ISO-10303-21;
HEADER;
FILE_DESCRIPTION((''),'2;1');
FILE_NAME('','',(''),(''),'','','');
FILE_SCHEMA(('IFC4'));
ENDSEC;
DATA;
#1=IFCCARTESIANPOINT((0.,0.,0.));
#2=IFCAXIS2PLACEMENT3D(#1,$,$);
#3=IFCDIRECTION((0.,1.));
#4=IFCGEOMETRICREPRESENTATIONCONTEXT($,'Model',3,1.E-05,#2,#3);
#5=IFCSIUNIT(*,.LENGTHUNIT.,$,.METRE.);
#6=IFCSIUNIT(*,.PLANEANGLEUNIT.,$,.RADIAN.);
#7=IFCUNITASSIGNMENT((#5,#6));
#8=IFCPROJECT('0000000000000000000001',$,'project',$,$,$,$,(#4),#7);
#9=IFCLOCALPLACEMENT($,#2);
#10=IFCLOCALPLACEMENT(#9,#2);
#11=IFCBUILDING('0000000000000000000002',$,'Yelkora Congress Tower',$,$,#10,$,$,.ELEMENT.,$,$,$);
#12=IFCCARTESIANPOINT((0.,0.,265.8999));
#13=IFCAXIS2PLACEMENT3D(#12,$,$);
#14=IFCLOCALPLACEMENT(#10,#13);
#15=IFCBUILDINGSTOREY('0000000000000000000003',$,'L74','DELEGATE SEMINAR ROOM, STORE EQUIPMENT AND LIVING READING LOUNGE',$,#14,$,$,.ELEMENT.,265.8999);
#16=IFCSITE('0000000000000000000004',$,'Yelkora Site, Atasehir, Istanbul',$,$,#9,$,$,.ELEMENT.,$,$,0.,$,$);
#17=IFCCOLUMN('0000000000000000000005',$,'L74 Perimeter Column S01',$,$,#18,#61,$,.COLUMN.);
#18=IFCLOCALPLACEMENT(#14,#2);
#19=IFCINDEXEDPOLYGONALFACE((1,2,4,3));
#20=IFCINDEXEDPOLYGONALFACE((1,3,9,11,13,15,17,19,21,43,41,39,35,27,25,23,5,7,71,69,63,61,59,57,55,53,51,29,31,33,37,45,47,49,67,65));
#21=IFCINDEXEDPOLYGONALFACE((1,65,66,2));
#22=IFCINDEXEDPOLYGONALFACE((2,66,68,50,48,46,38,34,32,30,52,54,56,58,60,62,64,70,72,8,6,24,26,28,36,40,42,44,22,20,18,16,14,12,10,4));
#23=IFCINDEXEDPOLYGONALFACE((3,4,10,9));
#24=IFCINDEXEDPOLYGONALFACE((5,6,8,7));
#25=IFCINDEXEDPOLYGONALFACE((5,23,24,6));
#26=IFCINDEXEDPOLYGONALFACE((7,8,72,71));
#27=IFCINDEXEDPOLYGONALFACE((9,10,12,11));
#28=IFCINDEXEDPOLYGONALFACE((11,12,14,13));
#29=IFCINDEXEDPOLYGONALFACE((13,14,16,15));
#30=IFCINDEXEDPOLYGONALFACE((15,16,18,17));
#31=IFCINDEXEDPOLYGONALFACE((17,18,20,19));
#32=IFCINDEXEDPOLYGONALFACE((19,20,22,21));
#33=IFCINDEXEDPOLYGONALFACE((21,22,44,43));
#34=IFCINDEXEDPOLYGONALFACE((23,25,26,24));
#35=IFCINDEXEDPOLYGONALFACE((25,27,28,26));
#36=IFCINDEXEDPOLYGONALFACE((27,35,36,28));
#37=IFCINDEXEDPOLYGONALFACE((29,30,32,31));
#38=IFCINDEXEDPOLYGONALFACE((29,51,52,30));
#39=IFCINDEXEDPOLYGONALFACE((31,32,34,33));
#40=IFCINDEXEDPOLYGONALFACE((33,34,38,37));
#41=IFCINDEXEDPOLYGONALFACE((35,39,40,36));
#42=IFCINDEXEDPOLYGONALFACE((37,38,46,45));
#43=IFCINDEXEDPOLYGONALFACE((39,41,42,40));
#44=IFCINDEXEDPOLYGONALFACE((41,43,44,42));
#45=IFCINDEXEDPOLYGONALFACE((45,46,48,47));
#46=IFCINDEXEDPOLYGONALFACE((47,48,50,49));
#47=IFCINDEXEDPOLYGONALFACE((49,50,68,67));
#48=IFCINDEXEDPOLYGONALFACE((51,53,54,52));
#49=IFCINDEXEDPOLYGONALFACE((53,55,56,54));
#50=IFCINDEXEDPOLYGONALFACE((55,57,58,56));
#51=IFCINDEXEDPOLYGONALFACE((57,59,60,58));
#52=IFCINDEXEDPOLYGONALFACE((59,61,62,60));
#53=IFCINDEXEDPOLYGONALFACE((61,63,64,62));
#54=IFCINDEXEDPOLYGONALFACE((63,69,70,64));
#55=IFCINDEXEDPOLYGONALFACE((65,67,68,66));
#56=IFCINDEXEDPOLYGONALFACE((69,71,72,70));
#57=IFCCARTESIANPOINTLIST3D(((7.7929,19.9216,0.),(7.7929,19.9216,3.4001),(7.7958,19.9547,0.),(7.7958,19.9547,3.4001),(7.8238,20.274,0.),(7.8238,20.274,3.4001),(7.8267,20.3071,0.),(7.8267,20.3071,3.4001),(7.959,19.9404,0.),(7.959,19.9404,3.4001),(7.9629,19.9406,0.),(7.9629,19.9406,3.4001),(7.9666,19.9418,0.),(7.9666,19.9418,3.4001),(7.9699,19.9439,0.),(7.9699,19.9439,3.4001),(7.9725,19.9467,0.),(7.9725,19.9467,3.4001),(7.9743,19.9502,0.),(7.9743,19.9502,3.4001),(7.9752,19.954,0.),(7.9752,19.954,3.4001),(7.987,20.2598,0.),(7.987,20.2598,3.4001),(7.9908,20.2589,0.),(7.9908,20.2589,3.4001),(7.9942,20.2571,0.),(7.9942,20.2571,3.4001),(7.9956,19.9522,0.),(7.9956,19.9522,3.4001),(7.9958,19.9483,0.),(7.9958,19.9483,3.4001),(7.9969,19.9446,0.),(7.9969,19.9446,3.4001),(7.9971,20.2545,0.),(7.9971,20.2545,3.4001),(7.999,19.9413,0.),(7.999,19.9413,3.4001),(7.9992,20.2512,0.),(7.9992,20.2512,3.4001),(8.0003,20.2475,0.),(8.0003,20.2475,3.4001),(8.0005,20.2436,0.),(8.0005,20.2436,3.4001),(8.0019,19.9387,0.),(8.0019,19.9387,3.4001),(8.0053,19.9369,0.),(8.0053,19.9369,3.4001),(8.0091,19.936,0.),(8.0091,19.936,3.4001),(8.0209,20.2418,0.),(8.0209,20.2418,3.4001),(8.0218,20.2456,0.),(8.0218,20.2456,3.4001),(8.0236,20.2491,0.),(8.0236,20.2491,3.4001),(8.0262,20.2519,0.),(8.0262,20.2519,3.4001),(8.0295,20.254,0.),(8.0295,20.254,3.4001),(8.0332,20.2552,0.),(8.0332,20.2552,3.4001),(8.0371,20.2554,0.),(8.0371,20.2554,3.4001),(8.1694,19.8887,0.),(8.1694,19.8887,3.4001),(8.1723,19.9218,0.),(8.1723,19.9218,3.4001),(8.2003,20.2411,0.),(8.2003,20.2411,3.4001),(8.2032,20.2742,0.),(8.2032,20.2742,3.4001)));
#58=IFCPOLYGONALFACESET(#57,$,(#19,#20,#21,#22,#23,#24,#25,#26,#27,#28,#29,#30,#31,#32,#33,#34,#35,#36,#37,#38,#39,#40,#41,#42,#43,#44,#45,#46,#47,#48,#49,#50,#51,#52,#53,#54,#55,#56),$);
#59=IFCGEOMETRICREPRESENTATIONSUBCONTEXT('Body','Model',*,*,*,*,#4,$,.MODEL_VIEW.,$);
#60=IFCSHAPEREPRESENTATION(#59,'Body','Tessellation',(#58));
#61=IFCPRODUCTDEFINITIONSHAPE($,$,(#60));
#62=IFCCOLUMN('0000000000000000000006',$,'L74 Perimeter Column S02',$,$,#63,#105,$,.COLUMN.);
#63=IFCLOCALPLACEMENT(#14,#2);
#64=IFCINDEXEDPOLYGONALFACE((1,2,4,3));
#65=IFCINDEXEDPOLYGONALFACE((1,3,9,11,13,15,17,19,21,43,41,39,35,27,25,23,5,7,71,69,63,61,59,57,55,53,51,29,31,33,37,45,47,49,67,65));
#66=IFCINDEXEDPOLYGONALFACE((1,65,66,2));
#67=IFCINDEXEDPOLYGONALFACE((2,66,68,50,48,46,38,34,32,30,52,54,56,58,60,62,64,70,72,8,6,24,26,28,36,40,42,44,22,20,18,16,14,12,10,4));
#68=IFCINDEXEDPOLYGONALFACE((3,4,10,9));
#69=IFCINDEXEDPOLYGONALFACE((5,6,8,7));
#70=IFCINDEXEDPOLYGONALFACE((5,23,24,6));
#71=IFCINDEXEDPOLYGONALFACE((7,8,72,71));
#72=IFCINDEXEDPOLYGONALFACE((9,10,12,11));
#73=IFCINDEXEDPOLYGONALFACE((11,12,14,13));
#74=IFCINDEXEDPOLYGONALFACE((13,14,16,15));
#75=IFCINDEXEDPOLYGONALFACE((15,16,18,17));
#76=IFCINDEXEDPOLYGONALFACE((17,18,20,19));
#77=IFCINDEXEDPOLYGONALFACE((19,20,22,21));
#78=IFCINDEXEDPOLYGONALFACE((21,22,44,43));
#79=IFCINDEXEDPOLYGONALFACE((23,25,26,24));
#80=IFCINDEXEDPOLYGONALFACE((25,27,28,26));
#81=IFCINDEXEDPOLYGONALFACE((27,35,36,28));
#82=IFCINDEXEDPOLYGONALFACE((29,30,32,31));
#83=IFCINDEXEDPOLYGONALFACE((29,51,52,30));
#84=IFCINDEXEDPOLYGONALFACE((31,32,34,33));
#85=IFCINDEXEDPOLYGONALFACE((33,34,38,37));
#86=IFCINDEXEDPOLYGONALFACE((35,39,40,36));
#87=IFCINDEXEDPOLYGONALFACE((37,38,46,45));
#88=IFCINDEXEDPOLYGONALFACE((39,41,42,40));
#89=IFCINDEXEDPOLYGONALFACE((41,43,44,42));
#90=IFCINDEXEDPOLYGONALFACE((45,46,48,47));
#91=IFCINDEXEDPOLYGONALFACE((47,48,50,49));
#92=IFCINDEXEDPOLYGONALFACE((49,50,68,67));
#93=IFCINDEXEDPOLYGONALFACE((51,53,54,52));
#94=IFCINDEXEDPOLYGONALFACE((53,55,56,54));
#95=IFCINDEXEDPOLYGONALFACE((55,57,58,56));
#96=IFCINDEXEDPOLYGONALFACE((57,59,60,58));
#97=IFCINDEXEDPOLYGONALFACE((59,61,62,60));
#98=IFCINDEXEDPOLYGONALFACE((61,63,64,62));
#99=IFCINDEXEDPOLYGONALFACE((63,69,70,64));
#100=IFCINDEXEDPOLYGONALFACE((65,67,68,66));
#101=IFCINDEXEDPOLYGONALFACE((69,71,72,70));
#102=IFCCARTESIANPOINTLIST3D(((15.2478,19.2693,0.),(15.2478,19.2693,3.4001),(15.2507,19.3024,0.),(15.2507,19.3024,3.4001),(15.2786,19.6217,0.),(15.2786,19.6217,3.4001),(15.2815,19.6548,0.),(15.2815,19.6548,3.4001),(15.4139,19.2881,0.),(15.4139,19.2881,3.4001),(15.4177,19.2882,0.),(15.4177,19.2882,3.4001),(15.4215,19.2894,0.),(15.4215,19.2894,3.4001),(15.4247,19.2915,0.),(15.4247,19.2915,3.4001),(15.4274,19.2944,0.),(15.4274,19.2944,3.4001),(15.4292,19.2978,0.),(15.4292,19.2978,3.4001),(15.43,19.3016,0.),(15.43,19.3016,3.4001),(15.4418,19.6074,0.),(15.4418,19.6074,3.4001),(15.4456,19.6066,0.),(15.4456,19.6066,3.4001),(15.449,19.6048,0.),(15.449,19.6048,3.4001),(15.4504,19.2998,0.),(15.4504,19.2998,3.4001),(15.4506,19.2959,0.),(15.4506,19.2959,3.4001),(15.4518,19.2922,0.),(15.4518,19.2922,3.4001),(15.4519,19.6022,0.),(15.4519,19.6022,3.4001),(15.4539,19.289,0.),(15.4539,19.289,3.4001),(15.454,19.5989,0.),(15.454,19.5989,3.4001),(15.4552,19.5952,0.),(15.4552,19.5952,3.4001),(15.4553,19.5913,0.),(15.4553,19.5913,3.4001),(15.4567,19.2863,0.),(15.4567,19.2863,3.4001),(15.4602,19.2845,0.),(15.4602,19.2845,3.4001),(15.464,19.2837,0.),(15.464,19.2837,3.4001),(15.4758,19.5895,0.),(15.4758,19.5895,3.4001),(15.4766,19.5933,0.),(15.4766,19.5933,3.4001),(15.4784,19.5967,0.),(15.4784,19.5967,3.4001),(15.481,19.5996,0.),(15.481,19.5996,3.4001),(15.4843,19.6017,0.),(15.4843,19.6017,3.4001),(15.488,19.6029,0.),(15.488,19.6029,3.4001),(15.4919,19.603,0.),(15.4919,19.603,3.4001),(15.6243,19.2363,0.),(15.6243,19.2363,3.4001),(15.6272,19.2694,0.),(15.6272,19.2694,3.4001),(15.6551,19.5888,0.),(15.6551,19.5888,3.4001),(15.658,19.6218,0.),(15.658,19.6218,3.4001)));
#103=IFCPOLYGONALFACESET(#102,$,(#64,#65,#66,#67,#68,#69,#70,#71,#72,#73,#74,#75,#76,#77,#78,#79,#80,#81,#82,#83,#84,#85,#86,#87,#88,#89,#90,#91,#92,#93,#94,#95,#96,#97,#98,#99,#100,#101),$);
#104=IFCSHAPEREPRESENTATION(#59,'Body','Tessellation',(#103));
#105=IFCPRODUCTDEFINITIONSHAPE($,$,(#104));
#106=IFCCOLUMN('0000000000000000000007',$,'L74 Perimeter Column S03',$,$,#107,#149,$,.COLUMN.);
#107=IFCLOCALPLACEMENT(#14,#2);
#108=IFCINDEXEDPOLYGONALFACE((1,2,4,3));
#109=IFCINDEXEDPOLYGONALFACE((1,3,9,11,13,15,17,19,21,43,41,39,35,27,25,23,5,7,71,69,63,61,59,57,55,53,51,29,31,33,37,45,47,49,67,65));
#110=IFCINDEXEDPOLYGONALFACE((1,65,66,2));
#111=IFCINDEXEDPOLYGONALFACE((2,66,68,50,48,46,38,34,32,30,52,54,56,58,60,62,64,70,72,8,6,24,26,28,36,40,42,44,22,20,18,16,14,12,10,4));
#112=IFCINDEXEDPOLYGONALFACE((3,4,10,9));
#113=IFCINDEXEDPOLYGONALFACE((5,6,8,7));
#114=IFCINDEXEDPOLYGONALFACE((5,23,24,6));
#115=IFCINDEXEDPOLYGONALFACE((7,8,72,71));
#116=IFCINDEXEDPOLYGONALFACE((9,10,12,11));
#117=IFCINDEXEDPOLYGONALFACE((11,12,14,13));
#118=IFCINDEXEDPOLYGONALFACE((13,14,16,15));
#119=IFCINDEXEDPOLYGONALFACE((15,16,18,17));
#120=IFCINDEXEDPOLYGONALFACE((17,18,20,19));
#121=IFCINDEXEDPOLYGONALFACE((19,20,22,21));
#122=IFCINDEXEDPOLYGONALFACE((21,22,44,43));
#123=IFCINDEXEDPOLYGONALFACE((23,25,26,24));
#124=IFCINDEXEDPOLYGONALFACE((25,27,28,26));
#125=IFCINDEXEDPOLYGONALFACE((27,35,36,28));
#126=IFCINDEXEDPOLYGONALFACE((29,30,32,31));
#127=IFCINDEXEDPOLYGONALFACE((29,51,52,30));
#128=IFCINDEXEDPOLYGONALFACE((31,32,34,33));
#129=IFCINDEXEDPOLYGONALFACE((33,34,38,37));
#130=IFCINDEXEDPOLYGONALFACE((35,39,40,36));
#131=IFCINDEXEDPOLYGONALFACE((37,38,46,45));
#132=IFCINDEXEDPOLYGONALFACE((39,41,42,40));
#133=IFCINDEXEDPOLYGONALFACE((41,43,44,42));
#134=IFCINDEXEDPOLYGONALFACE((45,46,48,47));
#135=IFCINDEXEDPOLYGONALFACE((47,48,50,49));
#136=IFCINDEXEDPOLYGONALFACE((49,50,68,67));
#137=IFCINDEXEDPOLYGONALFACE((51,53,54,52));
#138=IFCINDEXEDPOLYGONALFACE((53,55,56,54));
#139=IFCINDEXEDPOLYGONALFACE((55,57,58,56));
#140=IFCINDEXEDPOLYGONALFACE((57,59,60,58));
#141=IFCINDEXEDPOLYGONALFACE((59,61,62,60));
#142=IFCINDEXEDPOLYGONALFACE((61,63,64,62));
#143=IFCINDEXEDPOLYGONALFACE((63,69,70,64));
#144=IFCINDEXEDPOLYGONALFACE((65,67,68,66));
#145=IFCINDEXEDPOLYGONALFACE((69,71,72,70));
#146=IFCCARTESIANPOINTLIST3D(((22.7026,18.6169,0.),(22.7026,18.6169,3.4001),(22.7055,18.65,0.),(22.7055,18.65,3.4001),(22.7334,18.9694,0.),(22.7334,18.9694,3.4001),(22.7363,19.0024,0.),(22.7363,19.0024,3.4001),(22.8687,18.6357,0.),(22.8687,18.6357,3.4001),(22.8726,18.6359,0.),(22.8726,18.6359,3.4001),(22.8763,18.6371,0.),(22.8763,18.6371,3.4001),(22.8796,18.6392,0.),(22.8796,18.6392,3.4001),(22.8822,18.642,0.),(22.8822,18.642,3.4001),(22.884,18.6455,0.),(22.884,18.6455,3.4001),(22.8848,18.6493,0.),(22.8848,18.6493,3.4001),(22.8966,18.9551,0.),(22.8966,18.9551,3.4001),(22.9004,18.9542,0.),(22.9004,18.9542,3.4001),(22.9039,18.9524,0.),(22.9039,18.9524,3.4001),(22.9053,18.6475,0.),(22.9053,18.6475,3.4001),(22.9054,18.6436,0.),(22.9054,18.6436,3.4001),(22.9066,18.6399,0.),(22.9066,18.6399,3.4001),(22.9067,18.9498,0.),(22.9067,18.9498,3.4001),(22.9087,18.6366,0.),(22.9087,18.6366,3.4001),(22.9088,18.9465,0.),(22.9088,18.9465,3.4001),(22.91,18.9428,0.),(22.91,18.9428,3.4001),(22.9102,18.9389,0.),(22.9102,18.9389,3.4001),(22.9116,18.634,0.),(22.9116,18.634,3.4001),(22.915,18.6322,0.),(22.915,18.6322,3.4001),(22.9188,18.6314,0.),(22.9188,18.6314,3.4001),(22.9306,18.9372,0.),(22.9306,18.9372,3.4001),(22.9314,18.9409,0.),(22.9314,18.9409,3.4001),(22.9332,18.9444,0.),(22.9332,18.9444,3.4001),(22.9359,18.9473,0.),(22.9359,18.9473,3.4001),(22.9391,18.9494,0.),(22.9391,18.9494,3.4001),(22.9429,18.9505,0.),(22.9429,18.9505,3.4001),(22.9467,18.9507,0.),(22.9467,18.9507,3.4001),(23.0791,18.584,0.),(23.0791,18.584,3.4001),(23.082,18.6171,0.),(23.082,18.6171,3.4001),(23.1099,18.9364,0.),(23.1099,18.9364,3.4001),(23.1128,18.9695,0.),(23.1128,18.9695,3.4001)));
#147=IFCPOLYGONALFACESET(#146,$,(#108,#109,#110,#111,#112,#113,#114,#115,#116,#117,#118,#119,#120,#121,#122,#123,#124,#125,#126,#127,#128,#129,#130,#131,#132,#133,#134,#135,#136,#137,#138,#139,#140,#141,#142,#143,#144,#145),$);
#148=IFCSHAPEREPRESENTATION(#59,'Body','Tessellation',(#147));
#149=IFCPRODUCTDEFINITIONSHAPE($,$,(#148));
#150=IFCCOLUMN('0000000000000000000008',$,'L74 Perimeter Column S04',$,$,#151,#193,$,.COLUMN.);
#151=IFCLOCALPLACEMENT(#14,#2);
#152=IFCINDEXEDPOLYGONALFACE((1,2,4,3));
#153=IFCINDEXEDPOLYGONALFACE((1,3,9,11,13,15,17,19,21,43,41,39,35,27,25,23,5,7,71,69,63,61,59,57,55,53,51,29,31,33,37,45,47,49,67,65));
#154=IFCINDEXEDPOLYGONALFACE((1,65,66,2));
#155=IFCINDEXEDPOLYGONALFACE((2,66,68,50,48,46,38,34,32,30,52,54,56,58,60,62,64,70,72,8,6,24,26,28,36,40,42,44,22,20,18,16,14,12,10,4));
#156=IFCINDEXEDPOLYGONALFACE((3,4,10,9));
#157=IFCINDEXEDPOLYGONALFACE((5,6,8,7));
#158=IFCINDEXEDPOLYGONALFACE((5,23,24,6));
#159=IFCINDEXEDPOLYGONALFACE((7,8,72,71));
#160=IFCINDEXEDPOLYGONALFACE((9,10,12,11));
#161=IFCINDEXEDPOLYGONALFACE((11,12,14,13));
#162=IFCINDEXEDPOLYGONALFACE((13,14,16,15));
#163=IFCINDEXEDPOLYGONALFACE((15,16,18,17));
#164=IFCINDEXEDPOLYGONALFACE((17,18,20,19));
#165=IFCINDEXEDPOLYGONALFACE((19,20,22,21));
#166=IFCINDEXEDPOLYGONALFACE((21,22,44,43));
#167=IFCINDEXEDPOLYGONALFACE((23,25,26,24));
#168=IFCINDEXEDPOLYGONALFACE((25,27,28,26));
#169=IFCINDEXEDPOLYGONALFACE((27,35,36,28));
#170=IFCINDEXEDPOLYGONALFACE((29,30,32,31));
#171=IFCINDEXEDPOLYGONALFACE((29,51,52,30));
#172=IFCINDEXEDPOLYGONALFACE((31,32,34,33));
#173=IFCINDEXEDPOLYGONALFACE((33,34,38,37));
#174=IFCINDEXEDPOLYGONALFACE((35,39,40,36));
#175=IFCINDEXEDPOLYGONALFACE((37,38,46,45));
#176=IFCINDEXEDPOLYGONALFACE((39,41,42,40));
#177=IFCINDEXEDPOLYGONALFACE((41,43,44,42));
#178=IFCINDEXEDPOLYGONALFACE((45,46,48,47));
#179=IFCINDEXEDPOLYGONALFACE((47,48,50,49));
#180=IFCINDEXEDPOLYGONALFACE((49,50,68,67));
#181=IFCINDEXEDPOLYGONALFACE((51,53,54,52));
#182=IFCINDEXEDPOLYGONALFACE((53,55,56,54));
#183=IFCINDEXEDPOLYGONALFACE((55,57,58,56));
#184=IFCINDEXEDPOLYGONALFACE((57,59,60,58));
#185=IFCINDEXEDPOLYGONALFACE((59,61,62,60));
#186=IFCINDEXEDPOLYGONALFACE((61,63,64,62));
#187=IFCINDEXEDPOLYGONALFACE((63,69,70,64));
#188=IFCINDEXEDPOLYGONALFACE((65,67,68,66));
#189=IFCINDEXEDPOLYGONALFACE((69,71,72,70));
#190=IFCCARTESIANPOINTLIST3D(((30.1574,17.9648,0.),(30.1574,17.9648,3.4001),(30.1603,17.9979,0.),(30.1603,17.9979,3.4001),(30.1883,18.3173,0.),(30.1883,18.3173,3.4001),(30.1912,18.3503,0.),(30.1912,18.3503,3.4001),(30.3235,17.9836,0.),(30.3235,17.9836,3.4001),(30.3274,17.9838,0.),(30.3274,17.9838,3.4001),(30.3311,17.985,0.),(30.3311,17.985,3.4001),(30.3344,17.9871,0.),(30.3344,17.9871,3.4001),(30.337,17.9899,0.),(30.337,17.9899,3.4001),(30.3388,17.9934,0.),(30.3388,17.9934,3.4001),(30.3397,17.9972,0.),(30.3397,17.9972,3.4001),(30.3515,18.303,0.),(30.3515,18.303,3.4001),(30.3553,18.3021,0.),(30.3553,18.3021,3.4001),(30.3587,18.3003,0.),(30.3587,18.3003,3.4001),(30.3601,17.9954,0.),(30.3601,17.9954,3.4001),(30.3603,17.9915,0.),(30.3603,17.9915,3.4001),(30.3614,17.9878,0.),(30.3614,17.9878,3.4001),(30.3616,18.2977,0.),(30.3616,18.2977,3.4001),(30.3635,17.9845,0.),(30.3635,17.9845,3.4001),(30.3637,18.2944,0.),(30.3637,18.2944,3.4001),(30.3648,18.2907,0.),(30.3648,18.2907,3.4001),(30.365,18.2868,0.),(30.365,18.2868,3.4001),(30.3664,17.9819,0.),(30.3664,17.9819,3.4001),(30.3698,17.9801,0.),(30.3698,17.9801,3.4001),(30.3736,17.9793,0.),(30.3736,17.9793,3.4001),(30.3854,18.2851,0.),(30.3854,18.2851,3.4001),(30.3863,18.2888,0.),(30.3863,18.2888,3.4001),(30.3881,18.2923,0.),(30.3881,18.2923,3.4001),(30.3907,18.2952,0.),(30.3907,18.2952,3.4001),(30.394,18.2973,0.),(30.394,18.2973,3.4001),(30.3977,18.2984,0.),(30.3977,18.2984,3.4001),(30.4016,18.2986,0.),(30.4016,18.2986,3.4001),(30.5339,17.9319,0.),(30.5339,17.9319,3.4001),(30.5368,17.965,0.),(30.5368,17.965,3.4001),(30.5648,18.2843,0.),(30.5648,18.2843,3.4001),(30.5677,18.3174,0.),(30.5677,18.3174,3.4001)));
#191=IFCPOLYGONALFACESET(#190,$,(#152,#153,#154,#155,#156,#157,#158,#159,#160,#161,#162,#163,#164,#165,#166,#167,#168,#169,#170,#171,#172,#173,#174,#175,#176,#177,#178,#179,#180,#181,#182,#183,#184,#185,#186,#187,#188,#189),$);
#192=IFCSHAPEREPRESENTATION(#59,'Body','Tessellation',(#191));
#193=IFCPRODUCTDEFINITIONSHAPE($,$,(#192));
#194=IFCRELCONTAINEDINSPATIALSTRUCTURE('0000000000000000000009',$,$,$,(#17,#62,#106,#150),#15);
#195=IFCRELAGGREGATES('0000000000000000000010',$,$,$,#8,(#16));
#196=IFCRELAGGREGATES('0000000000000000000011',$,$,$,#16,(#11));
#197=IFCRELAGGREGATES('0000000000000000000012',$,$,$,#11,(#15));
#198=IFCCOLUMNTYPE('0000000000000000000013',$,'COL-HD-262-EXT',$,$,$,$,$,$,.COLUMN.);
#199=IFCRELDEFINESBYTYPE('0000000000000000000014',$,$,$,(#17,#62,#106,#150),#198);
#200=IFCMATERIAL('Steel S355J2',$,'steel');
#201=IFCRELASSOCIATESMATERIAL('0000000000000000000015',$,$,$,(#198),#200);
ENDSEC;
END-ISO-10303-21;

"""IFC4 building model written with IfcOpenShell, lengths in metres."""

from ifc_helpers import new_model, si_unit, direction, frame, origin, origin_2d, place, context, subcontext, project, spatial, i_section, extrude, material, material_profile, profile_set, type_object, element, save


model = new_model("IFC4")

# Units and contexts
model_context = context("Model", 3, precision=1e-05, world=origin(), true_north=direction((0.0, 1.0)))
body_context = subcontext(model_context, "Body", "Model", "MODEL_VIEW")
ifc_project = project(units=[si_unit("LENGTHUNIT", "METRE"), si_unit("PLANEANGLEUNIT", "RADIAN")], contexts=[model_context])

# Site, building, storey
site_placement = place(None, origin())
site = spatial("IfcSite", under=ifc_project, at=site_placement, Name="Yelkora Site, Atasehir, Istanbul", CompositionType="ELEMENT", RefElevation=0.0)
building_placement = place(site_placement, origin())
building = spatial("IfcBuilding", under=site, at=building_placement, Name="Yelkora Congress Tower", CompositionType="ELEMENT")
storey_placement = place(building_placement, frame((0.0, 0.0, 265.8999)))
storey = spatial("IfcBuildingStorey", under=building, at=storey_placement, Name="L74", Description="DELEGATE SEMINAR ROOM, STORE EQUIPMENT AND LIVING READING LOUNGE", CompositionType="ELEMENT", Elevation=265.8999)

# Columns
ifc_material_1 = material(Name="Steel S355J2", Category="steel")
ifc_material_profile_1 = material_profile(ifc_material_1, i_section(OverallWidth=0.3779, OverallDepth=0.387, WebThickness=0.0205, FlangeThickness=0.0332, FilletRadius=0.0149, at=origin_2d()), Name="HD 360x262")
ifc_profile_set_1 = profile_set([ifc_material_profile_1], Name="Steel S355J2")
column_type = type_object("IfcColumnType", Name="COL-HD-262-EXT", PredefinedType="COLUMN", material=ifc_profile_set_1)
for number, where, z_axis, x_axis, name in (
    (1, (7.998, 20.0979, 0.0), (0.0, 0.0, 1.0), (0.996195, -0.087156, 0.0), "L74 Perimeter Column S01"),
    (2, (15.4529, 19.4456, 0.0), (0.0, 0.0, 1.0), (0.996195, -0.087156, 0.0), "L74 Perimeter Column S02"),
    (3, (22.9077, 18.7932, 0.0), (0.0, 0.0, 1.0), (0.996195, -0.087156, 0.0), "L74 Perimeter Column S03"),
    (4, (30.3625, 18.1411, 0.0), (0.0, 0.0, 1.0), (0.996195, -0.087156, 0.0), "L74 Perimeter Column S04"),
):
    element("IfcColumn", number, at=place(storey_placement, frame(where, z_axis=z_axis, x_axis=x_axis)), inside=storey, type_object=column_type, Name=name, PredefinedType="COLUMN", context=body_context, shape_type="SweptSolid", body=[
        extrude(i_section(OverallWidth=0.3779, OverallDepth=0.387, WebThickness=0.0205, FlangeThickness=0.0332, FilletRadius=0.0149, at=origin_2d()), origin(), (0.0, 0.0, 1.0), 3.4001),
    ])

save(model, "model.ifc")
